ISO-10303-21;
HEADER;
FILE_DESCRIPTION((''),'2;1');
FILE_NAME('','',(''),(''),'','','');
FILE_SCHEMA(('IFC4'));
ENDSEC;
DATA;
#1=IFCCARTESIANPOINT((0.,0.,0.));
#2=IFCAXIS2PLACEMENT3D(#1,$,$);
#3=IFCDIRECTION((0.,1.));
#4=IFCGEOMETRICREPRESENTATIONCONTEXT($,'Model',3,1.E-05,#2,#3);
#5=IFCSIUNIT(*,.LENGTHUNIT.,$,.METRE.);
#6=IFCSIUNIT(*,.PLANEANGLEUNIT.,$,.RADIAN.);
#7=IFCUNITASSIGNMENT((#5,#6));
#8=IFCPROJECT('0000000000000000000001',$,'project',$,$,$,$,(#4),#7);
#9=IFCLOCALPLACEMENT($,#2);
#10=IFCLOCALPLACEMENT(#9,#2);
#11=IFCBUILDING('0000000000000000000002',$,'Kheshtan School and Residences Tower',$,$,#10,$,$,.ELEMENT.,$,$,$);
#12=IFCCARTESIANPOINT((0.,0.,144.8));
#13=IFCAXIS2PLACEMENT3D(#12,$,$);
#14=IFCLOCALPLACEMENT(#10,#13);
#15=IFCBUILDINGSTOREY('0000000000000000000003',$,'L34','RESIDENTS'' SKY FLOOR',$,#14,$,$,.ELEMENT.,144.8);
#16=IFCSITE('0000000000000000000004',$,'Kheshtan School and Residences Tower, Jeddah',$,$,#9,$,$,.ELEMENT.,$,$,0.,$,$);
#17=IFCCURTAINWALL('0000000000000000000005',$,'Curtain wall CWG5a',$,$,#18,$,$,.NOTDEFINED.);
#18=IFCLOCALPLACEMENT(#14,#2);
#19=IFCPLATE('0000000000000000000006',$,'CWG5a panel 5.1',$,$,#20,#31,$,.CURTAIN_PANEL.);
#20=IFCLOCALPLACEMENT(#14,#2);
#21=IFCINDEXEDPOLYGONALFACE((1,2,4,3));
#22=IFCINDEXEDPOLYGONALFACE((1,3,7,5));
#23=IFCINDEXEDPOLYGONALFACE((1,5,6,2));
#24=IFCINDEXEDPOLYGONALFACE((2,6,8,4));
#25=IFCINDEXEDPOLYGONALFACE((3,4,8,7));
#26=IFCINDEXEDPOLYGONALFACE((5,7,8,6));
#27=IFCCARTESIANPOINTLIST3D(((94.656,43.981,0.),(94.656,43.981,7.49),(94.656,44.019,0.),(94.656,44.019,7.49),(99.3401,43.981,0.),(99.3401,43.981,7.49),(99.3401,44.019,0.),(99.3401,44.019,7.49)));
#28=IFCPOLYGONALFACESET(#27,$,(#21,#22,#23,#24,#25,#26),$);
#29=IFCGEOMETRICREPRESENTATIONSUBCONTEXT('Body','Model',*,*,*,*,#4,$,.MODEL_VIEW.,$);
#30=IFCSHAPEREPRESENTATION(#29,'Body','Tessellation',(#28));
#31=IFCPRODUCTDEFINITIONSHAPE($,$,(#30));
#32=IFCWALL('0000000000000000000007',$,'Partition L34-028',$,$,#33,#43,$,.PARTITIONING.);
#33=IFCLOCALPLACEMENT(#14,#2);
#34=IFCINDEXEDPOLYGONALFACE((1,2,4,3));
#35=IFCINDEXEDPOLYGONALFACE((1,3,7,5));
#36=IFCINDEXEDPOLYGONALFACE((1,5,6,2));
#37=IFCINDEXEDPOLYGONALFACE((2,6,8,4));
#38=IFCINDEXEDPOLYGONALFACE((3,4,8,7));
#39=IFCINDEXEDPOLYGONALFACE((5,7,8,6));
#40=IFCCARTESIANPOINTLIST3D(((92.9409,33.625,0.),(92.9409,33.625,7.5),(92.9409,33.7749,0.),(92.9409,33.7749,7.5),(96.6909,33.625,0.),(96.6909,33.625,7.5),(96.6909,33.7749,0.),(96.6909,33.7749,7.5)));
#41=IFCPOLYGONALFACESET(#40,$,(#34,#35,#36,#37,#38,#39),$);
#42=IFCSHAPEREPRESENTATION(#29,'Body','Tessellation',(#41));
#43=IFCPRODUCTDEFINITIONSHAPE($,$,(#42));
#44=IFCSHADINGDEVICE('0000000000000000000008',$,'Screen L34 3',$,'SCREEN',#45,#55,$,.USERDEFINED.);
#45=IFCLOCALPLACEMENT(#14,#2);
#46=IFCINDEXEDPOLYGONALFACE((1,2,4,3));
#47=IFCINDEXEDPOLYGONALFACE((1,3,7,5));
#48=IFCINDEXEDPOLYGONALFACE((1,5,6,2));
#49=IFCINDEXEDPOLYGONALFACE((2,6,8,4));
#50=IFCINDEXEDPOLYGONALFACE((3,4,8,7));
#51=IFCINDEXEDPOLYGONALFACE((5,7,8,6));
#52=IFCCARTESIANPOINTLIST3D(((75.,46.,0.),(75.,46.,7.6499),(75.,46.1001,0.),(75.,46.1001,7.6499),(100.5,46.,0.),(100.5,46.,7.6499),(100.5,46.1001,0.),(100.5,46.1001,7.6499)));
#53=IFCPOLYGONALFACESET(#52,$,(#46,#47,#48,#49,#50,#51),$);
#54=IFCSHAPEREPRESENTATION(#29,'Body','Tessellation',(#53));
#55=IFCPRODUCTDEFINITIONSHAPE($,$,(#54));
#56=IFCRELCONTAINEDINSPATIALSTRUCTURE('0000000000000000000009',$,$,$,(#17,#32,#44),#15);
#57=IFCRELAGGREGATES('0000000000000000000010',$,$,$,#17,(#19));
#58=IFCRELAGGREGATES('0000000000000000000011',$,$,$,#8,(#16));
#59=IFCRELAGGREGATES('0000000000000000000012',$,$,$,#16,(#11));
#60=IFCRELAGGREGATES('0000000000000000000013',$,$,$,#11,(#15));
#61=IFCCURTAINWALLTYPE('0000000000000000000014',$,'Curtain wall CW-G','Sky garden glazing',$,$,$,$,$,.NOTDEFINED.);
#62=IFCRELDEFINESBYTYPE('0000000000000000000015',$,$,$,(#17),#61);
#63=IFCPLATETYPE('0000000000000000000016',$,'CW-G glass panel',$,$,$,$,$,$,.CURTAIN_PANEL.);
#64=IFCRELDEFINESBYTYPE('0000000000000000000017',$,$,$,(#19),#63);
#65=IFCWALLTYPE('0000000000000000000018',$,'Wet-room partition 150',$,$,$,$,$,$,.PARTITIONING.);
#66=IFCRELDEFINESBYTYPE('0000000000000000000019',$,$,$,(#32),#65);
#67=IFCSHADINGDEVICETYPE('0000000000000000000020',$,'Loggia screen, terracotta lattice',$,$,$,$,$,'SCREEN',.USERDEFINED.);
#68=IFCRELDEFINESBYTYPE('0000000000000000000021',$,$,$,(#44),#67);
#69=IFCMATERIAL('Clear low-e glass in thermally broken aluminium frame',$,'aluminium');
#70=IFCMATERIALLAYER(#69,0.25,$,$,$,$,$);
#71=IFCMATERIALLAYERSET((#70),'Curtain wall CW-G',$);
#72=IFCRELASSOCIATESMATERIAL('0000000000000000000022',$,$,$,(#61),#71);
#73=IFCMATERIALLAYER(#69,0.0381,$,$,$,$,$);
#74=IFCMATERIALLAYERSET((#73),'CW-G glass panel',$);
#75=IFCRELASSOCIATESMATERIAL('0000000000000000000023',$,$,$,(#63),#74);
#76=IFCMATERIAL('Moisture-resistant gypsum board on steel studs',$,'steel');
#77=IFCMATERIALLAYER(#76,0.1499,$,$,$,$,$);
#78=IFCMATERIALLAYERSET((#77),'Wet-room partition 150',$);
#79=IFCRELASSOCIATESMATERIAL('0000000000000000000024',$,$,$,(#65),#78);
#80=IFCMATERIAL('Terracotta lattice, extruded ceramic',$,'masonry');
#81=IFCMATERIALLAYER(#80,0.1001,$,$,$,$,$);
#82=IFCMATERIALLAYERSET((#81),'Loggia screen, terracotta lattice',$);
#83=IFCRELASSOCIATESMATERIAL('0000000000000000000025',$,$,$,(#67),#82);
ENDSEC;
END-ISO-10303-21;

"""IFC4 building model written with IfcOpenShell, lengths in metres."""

from ifc_helpers import new_model, si_unit, direction, frame, frame_2d, origin, origin_2d, place, context, subcontext, project, spatial, rectangle, extrude, material, layer, layer_set, type_object, element, aggregate, save


model = new_model("IFC4")

# Units and contexts
model_context = context("Model", 3, precision=1e-05, world=origin(), true_north=direction((0.0, 1.0)))
body_context = subcontext(model_context, "Body", "Model", "MODEL_VIEW")
ifc_project = project(units=[si_unit("LENGTHUNIT", "METRE"), si_unit("PLANEANGLEUNIT", "RADIAN")], contexts=[model_context])

# Site, building, storey
site_placement = place(None, origin())
site = spatial("IfcSite", under=ifc_project, at=site_placement, Name="Kheshtan School and Residences Tower, Jeddah", CompositionType="ELEMENT", RefElevation=0.0)
building_placement = place(site_placement, origin())
building = spatial("IfcBuilding", under=site, at=building_placement, Name="Kheshtan School and Residences Tower", CompositionType="ELEMENT")
storey_placement = place(building_placement, frame((0.0, 0.0, 144.8)))
storey = spatial("IfcBuildingStorey", under=building, at=storey_placement, Name="L34", Description="RESIDENTS' SKY FLOOR", CompositionType="ELEMENT", Elevation=144.8)

# Shared definitions
ifc_material_1 = material(Name="Clear low-e glass in thermally broken aluminium frame", Category="aluminium")
ifc_layer_1 = layer(ifc_material_1, 0.25)
ifc_layer_set_1 = layer_set([ifc_layer_1], Name="Curtain wall CW-G")
curtain_wall_type = type_object("IfcCurtainWallType", Name="Curtain wall CW-G", Description="Sky garden glazing", PredefinedType="NOTDEFINED", material=ifc_layer_set_1)

# Curtain wall
curtain_wall_1_placement = place(storey_placement, origin())
curtain_wall_1 = element("IfcCurtainWall", 1, at=curtain_wall_1_placement, inside=storey, type_object=curtain_wall_type, Name="Curtain wall CWG5a", PredefinedType="NOTDEFINED")

# Plate
ifc_layer_2 = layer(ifc_material_1, 0.0381)
ifc_layer_set_2 = layer_set([ifc_layer_2], Name="CW-G glass panel")
plate_type = type_object("IfcPlateType", Name="CW-G glass panel", PredefinedType="CURTAIN_PANEL", material=ifc_layer_set_2)
plate_1_placement = place(storey_placement, frame((96.998, 44.0, 0.0), z_axis=(0.0, 0.0, 1.0), x_axis=(1.0, 0.0, 0.0)))
plate_1 = element("IfcPlate", 2, at=plate_1_placement, type_object=plate_type, Name="CWG5a panel 5.1", PredefinedType="CURTAIN_PANEL", context=body_context, shape_type="SweptSolid", body=[
    extrude(rectangle(XDim=4.6841, YDim=0.0381, at=origin_2d()), origin(), (0.0, 0.0, 1.0), 7.49),
])
aggregate(curtain_wall_1, [plate_1])

# Wall
ifc_material_2 = material(Name="Moisture-resistant gypsum board on steel studs", Category="steel")
ifc_layer_3 = layer(ifc_material_2, 0.1499)
ifc_layer_set_3 = layer_set([ifc_layer_3], Name="Wet-room partition 150")
wall_type_1 = type_object("IfcWallType", Name="Wet-room partition 150", PredefinedType="PARTITIONING", material=ifc_layer_set_3)
wall_1_placement = place(storey_placement, frame((92.9409, 33.7, 0.0), z_axis=(0.0, 0.0, 1.0), x_axis=(1.0, 0.0, 0.0)))
element("IfcWall", 3, at=wall_1_placement, inside=storey, type_object=wall_type_1, Name="Partition L34-028", PredefinedType="PARTITIONING", context=body_context, shape_type="SweptSolid", body=[
    extrude(rectangle(XDim=3.75, YDim=0.1499, at=frame_2d((1.875, 0.0))), origin(), (0.0, 0.0, 1.0), 7.5),
])

# Shading device
ifc_material_3 = material(Name="Terracotta lattice, extruded ceramic", Category="masonry")
ifc_layer_4 = layer(ifc_material_3, 0.1001)
ifc_layer_set_4 = layer_set([ifc_layer_4], Name="Loggia screen, terracotta lattice")
shading_device_type = type_object("IfcShadingDeviceType", Name="Loggia screen, terracotta lattice", ElementType="SCREEN", PredefinedType="USERDEFINED", material=ifc_layer_set_4)
shading_device_placement = place(storey_placement, frame((87.75, 46.05, 0.0), z_axis=(0.0, 0.0, 1.0), x_axis=(1.0, 0.0, 0.0)))
element("IfcShadingDevice", 4, at=shading_device_placement, inside=storey, type_object=shading_device_type, Name="Screen L34 3", ObjectType="SCREEN", PredefinedType="USERDEFINED", context=body_context, shape_type="SweptSolid", body=[
    extrude(rectangle(XDim=25.5, YDim=0.1001, at=origin_2d()), origin(), (0.0, 0.0, 1.0), 7.6499),
])

save(model, "model.ifc")
